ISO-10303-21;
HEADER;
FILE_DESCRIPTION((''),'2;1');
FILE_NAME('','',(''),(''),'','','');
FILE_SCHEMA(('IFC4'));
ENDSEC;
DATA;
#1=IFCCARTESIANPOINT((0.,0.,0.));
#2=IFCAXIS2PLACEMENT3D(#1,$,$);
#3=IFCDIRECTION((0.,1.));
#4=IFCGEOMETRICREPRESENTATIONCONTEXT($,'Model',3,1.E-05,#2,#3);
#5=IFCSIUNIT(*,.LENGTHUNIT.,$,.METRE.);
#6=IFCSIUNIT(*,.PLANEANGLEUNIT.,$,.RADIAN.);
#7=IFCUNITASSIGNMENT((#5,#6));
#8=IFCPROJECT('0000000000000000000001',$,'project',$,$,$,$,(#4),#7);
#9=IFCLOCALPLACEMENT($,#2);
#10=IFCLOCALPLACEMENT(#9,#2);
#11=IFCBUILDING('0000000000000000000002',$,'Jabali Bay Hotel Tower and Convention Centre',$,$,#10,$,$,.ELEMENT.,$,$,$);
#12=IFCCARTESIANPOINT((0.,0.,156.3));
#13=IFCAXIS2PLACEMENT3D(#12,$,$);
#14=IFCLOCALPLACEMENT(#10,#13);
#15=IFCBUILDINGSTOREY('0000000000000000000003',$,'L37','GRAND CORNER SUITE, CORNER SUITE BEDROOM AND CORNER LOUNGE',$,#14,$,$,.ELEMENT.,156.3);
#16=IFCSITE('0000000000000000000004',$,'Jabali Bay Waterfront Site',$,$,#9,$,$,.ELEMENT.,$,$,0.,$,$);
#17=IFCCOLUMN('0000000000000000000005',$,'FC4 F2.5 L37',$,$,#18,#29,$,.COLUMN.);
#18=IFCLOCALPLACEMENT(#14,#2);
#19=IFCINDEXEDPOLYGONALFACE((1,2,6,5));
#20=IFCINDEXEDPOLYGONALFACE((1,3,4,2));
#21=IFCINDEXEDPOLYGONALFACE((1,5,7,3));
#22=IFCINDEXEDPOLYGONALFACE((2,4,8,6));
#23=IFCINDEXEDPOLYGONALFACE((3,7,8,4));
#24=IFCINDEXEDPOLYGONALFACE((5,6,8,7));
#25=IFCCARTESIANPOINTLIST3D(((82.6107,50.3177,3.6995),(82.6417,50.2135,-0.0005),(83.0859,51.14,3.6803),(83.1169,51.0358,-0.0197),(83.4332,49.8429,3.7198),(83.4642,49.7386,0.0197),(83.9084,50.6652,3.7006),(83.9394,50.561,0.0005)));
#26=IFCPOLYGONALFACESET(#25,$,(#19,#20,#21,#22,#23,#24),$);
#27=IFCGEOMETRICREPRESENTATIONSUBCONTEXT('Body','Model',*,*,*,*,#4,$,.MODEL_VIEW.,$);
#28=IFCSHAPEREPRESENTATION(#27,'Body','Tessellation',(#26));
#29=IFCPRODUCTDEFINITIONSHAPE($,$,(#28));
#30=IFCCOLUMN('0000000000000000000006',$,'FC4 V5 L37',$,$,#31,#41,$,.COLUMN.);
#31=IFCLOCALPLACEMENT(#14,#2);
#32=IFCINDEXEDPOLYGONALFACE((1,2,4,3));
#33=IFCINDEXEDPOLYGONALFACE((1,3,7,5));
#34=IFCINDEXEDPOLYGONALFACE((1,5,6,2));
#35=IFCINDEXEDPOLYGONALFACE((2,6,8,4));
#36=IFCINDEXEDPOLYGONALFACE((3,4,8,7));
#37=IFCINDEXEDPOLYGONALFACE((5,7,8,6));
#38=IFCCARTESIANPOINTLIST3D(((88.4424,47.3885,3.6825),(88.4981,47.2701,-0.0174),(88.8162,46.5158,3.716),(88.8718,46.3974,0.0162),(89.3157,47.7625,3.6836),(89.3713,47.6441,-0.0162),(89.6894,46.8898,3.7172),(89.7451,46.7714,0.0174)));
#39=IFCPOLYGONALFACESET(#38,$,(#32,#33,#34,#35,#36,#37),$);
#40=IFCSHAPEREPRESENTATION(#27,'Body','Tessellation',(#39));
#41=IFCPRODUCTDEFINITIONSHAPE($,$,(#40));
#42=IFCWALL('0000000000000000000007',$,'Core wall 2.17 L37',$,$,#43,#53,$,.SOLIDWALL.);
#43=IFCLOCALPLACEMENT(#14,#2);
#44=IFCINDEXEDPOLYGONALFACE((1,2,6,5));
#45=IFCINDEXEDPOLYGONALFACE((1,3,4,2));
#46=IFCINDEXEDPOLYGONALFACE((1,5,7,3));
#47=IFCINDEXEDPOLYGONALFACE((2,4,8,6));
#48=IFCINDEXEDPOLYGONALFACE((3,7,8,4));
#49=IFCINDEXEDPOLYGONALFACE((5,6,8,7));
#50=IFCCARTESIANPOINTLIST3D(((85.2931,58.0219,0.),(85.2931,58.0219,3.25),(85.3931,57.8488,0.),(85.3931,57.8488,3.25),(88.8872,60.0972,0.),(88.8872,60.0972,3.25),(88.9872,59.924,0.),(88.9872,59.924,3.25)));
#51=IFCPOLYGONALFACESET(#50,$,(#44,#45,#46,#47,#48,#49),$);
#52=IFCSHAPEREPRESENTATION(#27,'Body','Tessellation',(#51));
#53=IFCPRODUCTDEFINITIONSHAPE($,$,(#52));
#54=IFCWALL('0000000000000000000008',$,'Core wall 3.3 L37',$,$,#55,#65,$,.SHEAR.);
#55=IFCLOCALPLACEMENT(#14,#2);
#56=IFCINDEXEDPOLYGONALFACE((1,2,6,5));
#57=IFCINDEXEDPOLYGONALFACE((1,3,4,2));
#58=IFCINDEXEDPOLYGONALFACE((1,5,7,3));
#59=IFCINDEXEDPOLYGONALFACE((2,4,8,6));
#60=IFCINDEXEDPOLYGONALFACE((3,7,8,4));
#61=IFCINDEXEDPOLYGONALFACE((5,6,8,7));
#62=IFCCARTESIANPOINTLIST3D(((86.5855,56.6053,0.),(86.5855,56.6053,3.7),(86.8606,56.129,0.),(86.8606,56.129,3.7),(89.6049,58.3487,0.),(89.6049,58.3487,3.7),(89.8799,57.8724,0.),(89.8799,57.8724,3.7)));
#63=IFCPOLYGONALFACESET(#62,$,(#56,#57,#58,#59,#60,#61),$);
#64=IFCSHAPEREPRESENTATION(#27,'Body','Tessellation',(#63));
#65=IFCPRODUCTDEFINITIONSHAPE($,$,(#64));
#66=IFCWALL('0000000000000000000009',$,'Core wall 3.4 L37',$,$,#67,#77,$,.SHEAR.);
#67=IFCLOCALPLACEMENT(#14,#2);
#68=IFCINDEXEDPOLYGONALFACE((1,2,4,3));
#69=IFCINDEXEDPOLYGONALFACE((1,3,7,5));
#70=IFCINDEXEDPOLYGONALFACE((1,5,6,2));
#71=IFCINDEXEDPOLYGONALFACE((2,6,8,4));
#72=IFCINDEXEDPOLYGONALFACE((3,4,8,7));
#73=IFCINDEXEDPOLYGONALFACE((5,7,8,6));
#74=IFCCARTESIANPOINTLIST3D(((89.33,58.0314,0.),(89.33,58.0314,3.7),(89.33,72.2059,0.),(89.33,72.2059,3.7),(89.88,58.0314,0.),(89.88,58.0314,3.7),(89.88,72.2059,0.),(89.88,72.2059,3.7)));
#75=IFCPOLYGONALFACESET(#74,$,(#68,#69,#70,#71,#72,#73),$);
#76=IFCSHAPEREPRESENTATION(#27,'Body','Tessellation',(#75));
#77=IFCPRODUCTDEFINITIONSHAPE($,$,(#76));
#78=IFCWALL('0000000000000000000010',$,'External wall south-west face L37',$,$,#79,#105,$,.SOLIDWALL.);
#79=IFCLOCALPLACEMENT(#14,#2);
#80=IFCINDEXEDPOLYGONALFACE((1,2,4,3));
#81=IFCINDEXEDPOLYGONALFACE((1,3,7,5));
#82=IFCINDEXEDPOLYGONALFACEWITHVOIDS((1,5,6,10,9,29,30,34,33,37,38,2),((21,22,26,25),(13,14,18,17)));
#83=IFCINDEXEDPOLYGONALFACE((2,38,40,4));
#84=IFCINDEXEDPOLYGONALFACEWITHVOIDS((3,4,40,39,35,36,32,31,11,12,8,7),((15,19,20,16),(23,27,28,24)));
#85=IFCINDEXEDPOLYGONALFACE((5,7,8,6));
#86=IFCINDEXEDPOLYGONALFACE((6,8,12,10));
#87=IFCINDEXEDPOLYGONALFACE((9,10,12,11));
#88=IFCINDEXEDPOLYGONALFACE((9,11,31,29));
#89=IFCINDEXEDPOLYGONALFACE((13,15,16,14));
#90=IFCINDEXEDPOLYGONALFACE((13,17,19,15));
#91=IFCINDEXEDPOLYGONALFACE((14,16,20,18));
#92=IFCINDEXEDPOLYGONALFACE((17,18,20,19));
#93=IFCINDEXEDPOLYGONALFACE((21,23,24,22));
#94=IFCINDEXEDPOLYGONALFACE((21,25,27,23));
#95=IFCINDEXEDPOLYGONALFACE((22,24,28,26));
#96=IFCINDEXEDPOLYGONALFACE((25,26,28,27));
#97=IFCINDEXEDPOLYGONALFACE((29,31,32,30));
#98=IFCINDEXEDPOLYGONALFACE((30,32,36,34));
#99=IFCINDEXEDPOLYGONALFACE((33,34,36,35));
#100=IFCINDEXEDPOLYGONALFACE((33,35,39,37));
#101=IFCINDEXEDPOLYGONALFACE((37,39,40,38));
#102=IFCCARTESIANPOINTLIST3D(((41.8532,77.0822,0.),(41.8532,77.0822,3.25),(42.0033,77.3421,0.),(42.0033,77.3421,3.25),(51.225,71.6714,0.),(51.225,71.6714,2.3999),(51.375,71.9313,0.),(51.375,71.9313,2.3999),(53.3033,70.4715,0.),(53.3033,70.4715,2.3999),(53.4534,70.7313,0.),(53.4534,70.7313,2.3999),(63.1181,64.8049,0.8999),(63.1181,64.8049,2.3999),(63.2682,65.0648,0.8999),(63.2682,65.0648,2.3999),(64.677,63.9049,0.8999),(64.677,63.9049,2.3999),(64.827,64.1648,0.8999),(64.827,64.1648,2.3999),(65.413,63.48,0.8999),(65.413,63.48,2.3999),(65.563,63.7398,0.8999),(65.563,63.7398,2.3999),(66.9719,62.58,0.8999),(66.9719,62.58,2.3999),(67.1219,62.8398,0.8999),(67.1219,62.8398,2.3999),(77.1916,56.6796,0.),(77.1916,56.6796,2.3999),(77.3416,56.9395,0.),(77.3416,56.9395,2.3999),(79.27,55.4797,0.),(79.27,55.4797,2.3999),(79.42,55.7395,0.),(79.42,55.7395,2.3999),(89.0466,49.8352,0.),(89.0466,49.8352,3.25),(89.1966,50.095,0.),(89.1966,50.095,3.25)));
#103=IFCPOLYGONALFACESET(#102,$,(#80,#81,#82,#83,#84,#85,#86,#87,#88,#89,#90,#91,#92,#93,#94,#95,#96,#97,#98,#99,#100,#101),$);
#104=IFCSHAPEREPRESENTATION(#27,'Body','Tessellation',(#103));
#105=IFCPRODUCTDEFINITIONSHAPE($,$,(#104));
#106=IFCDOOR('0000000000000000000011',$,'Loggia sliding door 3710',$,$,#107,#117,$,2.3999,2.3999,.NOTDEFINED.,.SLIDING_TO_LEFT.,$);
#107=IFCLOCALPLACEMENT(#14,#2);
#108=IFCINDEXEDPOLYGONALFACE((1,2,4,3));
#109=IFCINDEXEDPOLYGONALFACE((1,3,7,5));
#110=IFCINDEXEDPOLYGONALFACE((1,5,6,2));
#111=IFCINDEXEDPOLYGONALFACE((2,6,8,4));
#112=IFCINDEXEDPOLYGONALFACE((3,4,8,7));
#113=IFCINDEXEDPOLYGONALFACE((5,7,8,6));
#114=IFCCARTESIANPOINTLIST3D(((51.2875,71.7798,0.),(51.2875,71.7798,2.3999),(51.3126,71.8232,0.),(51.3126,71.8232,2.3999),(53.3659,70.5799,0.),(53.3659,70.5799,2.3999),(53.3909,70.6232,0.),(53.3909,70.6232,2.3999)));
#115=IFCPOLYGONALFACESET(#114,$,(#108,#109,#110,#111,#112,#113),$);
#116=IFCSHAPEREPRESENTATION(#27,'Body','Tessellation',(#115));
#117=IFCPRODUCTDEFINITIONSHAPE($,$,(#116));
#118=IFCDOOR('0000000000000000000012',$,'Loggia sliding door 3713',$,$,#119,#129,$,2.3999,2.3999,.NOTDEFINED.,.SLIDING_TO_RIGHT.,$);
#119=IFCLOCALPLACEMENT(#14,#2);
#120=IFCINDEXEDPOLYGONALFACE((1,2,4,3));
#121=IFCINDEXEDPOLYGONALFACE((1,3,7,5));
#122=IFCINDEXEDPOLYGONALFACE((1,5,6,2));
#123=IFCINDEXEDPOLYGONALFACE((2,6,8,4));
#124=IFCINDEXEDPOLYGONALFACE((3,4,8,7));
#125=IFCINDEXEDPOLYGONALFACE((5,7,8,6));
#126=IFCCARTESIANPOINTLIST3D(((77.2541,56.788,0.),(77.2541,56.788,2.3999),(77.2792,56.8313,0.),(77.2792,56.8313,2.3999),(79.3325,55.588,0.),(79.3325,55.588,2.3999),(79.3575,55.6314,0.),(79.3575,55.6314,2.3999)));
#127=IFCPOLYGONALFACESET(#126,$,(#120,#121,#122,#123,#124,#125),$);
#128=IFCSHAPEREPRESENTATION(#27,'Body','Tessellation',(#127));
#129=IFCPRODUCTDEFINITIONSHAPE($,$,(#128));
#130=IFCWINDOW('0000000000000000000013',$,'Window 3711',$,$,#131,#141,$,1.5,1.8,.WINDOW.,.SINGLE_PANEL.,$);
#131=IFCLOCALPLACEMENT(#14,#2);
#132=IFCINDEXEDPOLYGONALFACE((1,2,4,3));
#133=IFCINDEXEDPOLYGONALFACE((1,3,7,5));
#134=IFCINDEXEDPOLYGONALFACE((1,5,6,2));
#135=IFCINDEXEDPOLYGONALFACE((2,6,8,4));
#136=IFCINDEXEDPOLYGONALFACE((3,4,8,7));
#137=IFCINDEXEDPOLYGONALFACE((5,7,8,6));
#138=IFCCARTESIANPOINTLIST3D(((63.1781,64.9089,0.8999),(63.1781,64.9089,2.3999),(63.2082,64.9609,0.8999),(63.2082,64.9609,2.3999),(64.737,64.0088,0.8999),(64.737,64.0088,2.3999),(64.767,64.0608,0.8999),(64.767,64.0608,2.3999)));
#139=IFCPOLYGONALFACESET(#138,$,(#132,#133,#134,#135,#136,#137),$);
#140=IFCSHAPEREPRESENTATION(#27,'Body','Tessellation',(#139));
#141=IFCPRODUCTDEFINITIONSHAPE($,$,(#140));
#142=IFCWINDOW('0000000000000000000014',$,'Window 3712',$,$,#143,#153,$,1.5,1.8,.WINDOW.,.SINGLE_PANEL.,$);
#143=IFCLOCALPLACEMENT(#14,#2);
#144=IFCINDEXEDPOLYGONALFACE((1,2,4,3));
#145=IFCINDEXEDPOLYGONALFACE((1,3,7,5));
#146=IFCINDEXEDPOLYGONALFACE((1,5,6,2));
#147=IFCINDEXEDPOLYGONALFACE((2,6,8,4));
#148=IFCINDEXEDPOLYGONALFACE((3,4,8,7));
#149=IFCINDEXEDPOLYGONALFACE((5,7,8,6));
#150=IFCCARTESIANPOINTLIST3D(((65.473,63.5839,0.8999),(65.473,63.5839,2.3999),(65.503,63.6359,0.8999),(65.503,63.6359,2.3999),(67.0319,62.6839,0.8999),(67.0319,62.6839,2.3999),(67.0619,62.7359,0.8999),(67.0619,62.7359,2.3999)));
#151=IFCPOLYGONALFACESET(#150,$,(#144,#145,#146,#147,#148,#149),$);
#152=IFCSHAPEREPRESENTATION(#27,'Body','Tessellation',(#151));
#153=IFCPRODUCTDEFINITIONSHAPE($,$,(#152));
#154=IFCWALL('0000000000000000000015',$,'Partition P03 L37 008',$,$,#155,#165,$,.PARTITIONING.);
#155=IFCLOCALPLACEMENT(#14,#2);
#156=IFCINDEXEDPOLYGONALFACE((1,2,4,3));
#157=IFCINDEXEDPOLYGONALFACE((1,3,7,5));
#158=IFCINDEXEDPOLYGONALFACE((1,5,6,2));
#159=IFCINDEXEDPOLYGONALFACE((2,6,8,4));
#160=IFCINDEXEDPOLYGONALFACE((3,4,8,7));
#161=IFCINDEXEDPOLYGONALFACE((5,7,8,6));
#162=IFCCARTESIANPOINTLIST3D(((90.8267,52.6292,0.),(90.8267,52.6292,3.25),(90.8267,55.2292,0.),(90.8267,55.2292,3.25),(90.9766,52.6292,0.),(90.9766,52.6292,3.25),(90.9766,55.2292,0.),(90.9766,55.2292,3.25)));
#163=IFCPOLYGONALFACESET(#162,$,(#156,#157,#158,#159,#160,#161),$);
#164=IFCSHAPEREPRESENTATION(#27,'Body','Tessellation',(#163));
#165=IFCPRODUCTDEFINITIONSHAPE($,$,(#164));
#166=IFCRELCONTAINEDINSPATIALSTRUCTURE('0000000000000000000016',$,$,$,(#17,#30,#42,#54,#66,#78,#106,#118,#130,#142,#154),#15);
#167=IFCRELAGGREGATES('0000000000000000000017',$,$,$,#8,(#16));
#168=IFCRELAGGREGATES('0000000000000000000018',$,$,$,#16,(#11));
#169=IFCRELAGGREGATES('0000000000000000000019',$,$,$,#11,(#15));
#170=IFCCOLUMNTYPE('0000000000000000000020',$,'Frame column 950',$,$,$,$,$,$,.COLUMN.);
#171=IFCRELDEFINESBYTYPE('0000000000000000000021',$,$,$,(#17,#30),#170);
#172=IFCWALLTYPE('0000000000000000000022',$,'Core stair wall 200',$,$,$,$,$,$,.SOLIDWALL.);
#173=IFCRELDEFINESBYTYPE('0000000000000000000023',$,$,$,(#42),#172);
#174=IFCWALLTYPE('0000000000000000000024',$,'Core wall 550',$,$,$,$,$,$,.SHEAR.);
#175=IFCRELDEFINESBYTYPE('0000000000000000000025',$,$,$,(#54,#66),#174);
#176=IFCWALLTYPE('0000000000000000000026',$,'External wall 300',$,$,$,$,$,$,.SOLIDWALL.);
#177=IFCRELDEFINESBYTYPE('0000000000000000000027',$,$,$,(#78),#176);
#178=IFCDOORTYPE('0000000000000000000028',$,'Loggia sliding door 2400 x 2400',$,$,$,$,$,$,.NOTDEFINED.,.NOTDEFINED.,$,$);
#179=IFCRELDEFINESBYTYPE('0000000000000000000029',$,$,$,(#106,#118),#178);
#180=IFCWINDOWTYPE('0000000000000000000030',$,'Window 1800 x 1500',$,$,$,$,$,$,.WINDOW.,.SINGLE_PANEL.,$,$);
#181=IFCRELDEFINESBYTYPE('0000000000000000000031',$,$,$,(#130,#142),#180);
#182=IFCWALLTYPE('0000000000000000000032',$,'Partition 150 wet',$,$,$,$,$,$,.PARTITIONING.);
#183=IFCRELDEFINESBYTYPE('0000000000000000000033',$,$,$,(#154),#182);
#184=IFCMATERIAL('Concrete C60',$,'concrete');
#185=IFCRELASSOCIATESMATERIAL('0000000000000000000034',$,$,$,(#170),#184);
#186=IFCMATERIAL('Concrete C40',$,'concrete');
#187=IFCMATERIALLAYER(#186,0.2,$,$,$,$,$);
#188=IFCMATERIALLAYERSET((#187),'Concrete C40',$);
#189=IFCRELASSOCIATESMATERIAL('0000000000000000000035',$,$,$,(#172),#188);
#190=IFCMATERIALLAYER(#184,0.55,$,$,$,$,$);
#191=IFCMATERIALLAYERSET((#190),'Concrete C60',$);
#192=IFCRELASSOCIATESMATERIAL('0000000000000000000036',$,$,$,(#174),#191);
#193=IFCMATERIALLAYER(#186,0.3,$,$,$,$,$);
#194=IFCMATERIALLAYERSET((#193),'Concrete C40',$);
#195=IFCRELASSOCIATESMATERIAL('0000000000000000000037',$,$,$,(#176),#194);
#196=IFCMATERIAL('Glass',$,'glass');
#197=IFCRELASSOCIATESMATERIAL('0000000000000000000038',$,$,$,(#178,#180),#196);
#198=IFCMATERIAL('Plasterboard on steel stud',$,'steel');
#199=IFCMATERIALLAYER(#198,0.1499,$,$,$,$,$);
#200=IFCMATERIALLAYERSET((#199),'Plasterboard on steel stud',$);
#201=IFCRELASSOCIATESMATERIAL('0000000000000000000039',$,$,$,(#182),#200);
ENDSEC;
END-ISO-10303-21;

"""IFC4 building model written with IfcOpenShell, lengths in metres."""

from ifc_helpers import new_model, si_unit, direction, frame, frame_2d, origin, origin_2d, place, context, subcontext, project, spatial, rectangle, extrude, material, layer, layer_set, material_profile, profile_set, type_object, element, fill, save


model = new_model("IFC4")

# Units and contexts
model_context = context("Model", 3, precision=1e-05, world=origin(), true_north=direction((0.0, 1.0)))
body_context = subcontext(model_context, "Body", "Model", "MODEL_VIEW")
ifc_project = project(units=[si_unit("LENGTHUNIT", "METRE"), si_unit("PLANEANGLEUNIT", "RADIAN")], contexts=[model_context])

# Site, building, storey
site_placement = place(None, origin())
site = spatial("IfcSite", under=ifc_project, at=site_placement, Name="Jabali Bay Waterfront Site", CompositionType="ELEMENT", RefElevation=0.0)
building_placement = place(site_placement, origin())
building = spatial("IfcBuilding", under=site, at=building_placement, Name="Jabali Bay Hotel Tower and Convention Centre", CompositionType="ELEMENT")
storey_placement = place(building_placement, frame((0.0, 0.0, 156.3)))
storey = spatial("IfcBuildingStorey", under=building, at=storey_placement, Name="L37", Description="GRAND CORNER SUITE, CORNER SUITE BEDROOM AND CORNER LOUNGE", CompositionType="ELEMENT", Elevation=156.3)

# Columns
ifc_material_1 = material(Name="Concrete C60", Category="concrete")
ifc_material_profile = material_profile(ifc_material_1, rectangle(XDim=0.95, YDim=0.95, at=origin_2d()), Name="Frame column 950")
ifc_profile_set = profile_set([ifc_material_profile], Name="Concrete C60")
column_type = type_object("IfcColumnType", Name="Frame column 950", PredefinedType="COLUMN", material=ifc_profile_set)
column_1_placement = place(storey_placement, frame((83.2905, 50.3872, 0.0), z_axis=(-0.008376, 0.028163, 0.999568), x_axis=(-0.500237, -0.865653, 0.020198)))
element("IfcColumn", 1, at=column_1_placement, inside=storey, type_object=column_type, Name="FC4 F2.5 L37", PredefinedType="COLUMN", context=body_context, shape_type="SweptSolid", body=[
    extrude(rectangle(XDim=0.95, YDim=0.95, at=origin_2d()), origin(), (0.0, 0.0, 1.0), 3.7017),
])
column_2_placement = place(storey_placement, frame((89.1216, 47.0208, 0.0), z_axis=(-0.015035, 0.031983, 0.999375), x_axis=(0.393433, -0.918674, 0.035319)))
element("IfcColumn", 2, at=column_2_placement, inside=storey, type_object=column_type, Name="FC4 V5 L37", PredefinedType="COLUMN", context=body_context, shape_type="SweptSolid", body=[
    extrude(rectangle(XDim=0.95, YDim=0.95, at=origin_2d()), origin(), (0.0, 0.0, 1.0), 3.7021),
])

# Walls
ifc_material_2 = material(Name="Concrete C40", Category="concrete")
ifc_layer_1 = layer(ifc_material_2, 0.2)
ifc_layer_set_1 = layer_set([ifc_layer_1], Name="Concrete C40")
wall_type_1 = type_object("IfcWallType", Name="Core stair wall 200", PredefinedType="SOLIDWALL", material=ifc_layer_set_1)
wall_1_placement = place(storey_placement, frame((85.343, 57.9353, 0.0), z_axis=(0.0, 0.0, 1.0), x_axis=(0.866004, 0.500036, 0.0)))
element("IfcWall", 3, at=wall_1_placement, inside=storey, type_object=wall_type_1, Name="Core wall 2.17 L37", PredefinedType="SOLIDWALL", context=body_context, shape_type="SweptSolid", body=[
    extrude(rectangle(XDim=4.1501, YDim=0.2, at=frame_2d((2.0752, 0.0))), origin(), (0.0, 0.0, 1.0), 3.25),
])
ifc_layer_2 = layer(ifc_material_1, 0.55)
ifc_layer_set_2 = layer_set([ifc_layer_2], Name="Concrete C60")
wall_type_2 = type_object("IfcWallType", Name="Core wall 550", PredefinedType="SHEAR", material=ifc_layer_set_2)
wall_2_placement = place(storey_placement, frame((86.7231, 56.3672, 0.0), z_axis=(0.0, 0.0, 1.0), x_axis=(0.865998, 0.500048, 0.0)))
element("IfcWall", 4, at=wall_2_placement, inside=storey, type_object=wall_type_2, Name="Core wall 3.3 L37", PredefinedType="SHEAR", context=body_context, shape_type="SweptSolid", body=[
    extrude(rectangle(XDim=3.4866, YDim=0.55, at=frame_2d((1.7432, 0.0))), origin(), (0.0, 0.0, 1.0), 3.7),
])
wall_3_placement = place(storey_placement, frame((89.605, 58.0312, 0.0), z_axis=(0.0, 0.0, 1.0), x_axis=(0.0, 1.0, 0.0)))
element("IfcWall", 5, at=wall_3_placement, inside=storey, type_object=wall_type_2, Name="Core wall 3.4 L37", PredefinedType="SHEAR", context=body_context, shape_type="SweptSolid", body=[
    extrude(rectangle(XDim=14.1746, YDim=0.55, at=frame_2d((7.0874, 0.0))), origin(), (0.0, 0.0, 1.0), 3.7),
])

# Wall, openings, doors, windows
ifc_layer_3 = layer(ifc_material_2, 0.3)
ifc_layer_set_3 = layer_set([ifc_layer_3], Name="Concrete C40")
wall_type_3 = type_object("IfcWallType", Name="External wall 300", PredefinedType="SOLIDWALL", material=ifc_layer_set_3)
wall_4_placement = place(storey_placement, frame((89.1216, 49.9651, 0.0), z_axis=(0.0, 0.0, 1.0), x_axis=(-0.866026, 0.5, 0.0)))
wall_4 = element("IfcWall", 6, at=wall_4_placement, inside=storey, type_object=wall_type_3, Name="External wall south-west face L37", PredefinedType="SOLIDWALL", context=body_context, shape_type="SweptSolid", body=[
    extrude(rectangle(XDim=54.4941, YDim=0.3, at=frame_2d((27.2471, 0.0))), origin(), (0.0, 0.0, 1.0), 3.25),
])
opening_1_placement = place(wall_4_placement, frame((41.2727, 0.0, 0.0)))
opening_1 = element("IfcOpeningElement", 7, at=opening_1_placement, cuts=wall_4, PredefinedType="OPENING", context=body_context, shape_type="SweptSolid", body=[
    extrude(rectangle(XDim=2.3999, YDim=2.3999, at=frame_2d((1.2, 1.2))), frame((0.0, 0.1606, 0.0), z_axis=(0.0, -1.0, 0.0), x_axis=(1.0, 0.0, 0.0)), (0.0, 0.0, 1.0), 0.321),
])
opening_2_placement = place(wall_4_placement, frame((11.2891, 0.0, 0.0)))
opening_2 = element("IfcOpeningElement", 8, at=opening_2_placement, cuts=wall_4, PredefinedType="OPENING", context=body_context, shape_type="SweptSolid", body=[
    extrude(rectangle(XDim=2.3999, YDim=2.3999, at=frame_2d((1.2, 1.2))), frame((0.0, 0.1606, 0.0), z_axis=(0.0, -1.0, 0.0), x_axis=(1.0, 0.0, 0.0)), (0.0, 0.0, 1.0), 0.321),
])
opening_3_placement = place(wall_4_placement, frame((28.1396, 0.0, 0.8999)))
opening_3 = element("IfcOpeningElement", 9, at=opening_3_placement, cuts=wall_4, PredefinedType="OPENING", context=body_context, shape_type="SweptSolid", body=[
    extrude(rectangle(XDim=1.8, YDim=1.5, at=frame_2d((0.8999, 0.75))), frame((0.0, 0.1606, 0.0), z_axis=(0.0, -1.0, 0.0), x_axis=(1.0, 0.0, 0.0)), (0.0, 0.0, 1.0), 0.321),
])
opening_4_placement = place(wall_4_placement, frame((25.4897, 0.0, 0.8999)))
opening_4 = element("IfcOpeningElement", 10, at=opening_4_placement, cuts=wall_4, PredefinedType="OPENING", context=body_context, shape_type="SweptSolid", body=[
    extrude(rectangle(XDim=1.8, YDim=1.5, at=frame_2d((0.8999, 0.75))), frame((0.0, 0.1606, 0.0), z_axis=(0.0, -1.0, 0.0), x_axis=(1.0, 0.0, 0.0)), (0.0, 0.0, 1.0), 0.321),
])
ifc_material_3 = material(Name="Glass", Category="glass")
door_type = type_object("IfcDoorType", Name="Loggia sliding door 2400 x 2400", OperationType="NOTDEFINED", PredefinedType="NOTDEFINED", material=ifc_material_3)
door_1_placement = place(opening_1_placement, origin())
door_1 = element("IfcDoor", 11, at=door_1_placement, inside=storey, type_object=door_type, Name="Loggia sliding door 3710", OperationType="SLIDING_TO_LEFT", OverallHeight=2.3999, OverallWidth=2.3999, PredefinedType="NOTDEFINED", context=body_context, shape_type="SweptSolid", body=[
    extrude(rectangle(XDim=2.3999, YDim=2.3999, at=frame_2d((1.2, 1.2))), frame((0.0, 0.0249, 0.0), z_axis=(0.0, -1.0, 0.0), x_axis=(1.0, 0.0, 0.0)), (0.0, 0.0, 1.0), 0.05),
])
fill(opening_1, door_1)
door_2_placement = place(opening_2_placement, origin())
door_2 = element("IfcDoor", 12, at=door_2_placement, inside=storey, type_object=door_type, Name="Loggia sliding door 3713", OperationType="SLIDING_TO_RIGHT", OverallHeight=2.3999, OverallWidth=2.3999, PredefinedType="NOTDEFINED", context=body_context, shape_type="SweptSolid", body=[
    extrude(rectangle(XDim=2.3999, YDim=2.3999, at=frame_2d((1.2, 1.2))), frame((0.0, 0.0249, 0.0), z_axis=(0.0, -1.0, 0.0), x_axis=(1.0, 0.0, 0.0)), (0.0, 0.0, 1.0), 0.05),
])
fill(opening_2, door_2)
window_type = type_object("IfcWindowType", Name="Window 1800 x 1500", PartitioningType="SINGLE_PANEL", PredefinedType="WINDOW", material=ifc_material_3)
window_1_placement = place(opening_3_placement, origin())
window_1 = element("IfcWindow", 13, at=window_1_placement, inside=storey, type_object=window_type, Name="Window 3711", OverallHeight=1.5, OverallWidth=1.8, PartitioningType="SINGLE_PANEL", PredefinedType="WINDOW", context=body_context, shape_type="SweptSolid", body=[
    extrude(rectangle(XDim=1.8, YDim=1.5, at=frame_2d((0.8999, 0.75))), frame((0.0, 0.03, 0.0), z_axis=(0.0, -1.0, 0.0), x_axis=(1.0, 0.0, 0.0)), (0.0, 0.0, 1.0), 0.0601),
])
fill(opening_3, window_1)
window_2_placement = place(opening_4_placement, origin())
window_2 = element("IfcWindow", 14, at=window_2_placement, inside=storey, type_object=window_type, Name="Window 3712", OverallHeight=1.5, OverallWidth=1.8, PartitioningType="SINGLE_PANEL", PredefinedType="WINDOW", context=body_context, shape_type="SweptSolid", body=[
    extrude(rectangle(XDim=1.8, YDim=1.5, at=frame_2d((0.8999, 0.75))), frame((0.0, 0.03, 0.0), z_axis=(0.0, -1.0, 0.0), x_axis=(1.0, 0.0, 0.0)), (0.0, 0.0, 1.0), 0.0601),
])
fill(opening_4, window_2)

# Wall
ifc_material_4 = material(Name="Plasterboard on steel stud", Category="steel")
ifc_layer_4 = layer(ifc_material_4, 0.1499)
ifc_layer_set_4 = layer_set([ifc_layer_4], Name="Plasterboard on steel stud")
wall_type_4 = type_object("IfcWallType", Name="Partition 150 wet", PredefinedType="PARTITIONING", material=ifc_layer_set_4)
wall_5_placement = place(storey_placement, frame((90.9016, 52.6292, 0.0), z_axis=(0.0, 0.0, 1.0), x_axis=(0.0, 1.0, 0.0)))
element("IfcWall", 15, at=wall_5_placement, inside=storey, type_object=wall_type_4, Name="Partition P03 L37 008", PredefinedType="PARTITIONING", context=body_context, shape_type="SweptSolid", body=[
    extrude(rectangle(XDim=2.6001, YDim=0.1499, at=frame_2d((1.3, 0.0))), origin(), (0.0, 0.0, 1.0), 3.25),
])

save(model, "model.ifc")
